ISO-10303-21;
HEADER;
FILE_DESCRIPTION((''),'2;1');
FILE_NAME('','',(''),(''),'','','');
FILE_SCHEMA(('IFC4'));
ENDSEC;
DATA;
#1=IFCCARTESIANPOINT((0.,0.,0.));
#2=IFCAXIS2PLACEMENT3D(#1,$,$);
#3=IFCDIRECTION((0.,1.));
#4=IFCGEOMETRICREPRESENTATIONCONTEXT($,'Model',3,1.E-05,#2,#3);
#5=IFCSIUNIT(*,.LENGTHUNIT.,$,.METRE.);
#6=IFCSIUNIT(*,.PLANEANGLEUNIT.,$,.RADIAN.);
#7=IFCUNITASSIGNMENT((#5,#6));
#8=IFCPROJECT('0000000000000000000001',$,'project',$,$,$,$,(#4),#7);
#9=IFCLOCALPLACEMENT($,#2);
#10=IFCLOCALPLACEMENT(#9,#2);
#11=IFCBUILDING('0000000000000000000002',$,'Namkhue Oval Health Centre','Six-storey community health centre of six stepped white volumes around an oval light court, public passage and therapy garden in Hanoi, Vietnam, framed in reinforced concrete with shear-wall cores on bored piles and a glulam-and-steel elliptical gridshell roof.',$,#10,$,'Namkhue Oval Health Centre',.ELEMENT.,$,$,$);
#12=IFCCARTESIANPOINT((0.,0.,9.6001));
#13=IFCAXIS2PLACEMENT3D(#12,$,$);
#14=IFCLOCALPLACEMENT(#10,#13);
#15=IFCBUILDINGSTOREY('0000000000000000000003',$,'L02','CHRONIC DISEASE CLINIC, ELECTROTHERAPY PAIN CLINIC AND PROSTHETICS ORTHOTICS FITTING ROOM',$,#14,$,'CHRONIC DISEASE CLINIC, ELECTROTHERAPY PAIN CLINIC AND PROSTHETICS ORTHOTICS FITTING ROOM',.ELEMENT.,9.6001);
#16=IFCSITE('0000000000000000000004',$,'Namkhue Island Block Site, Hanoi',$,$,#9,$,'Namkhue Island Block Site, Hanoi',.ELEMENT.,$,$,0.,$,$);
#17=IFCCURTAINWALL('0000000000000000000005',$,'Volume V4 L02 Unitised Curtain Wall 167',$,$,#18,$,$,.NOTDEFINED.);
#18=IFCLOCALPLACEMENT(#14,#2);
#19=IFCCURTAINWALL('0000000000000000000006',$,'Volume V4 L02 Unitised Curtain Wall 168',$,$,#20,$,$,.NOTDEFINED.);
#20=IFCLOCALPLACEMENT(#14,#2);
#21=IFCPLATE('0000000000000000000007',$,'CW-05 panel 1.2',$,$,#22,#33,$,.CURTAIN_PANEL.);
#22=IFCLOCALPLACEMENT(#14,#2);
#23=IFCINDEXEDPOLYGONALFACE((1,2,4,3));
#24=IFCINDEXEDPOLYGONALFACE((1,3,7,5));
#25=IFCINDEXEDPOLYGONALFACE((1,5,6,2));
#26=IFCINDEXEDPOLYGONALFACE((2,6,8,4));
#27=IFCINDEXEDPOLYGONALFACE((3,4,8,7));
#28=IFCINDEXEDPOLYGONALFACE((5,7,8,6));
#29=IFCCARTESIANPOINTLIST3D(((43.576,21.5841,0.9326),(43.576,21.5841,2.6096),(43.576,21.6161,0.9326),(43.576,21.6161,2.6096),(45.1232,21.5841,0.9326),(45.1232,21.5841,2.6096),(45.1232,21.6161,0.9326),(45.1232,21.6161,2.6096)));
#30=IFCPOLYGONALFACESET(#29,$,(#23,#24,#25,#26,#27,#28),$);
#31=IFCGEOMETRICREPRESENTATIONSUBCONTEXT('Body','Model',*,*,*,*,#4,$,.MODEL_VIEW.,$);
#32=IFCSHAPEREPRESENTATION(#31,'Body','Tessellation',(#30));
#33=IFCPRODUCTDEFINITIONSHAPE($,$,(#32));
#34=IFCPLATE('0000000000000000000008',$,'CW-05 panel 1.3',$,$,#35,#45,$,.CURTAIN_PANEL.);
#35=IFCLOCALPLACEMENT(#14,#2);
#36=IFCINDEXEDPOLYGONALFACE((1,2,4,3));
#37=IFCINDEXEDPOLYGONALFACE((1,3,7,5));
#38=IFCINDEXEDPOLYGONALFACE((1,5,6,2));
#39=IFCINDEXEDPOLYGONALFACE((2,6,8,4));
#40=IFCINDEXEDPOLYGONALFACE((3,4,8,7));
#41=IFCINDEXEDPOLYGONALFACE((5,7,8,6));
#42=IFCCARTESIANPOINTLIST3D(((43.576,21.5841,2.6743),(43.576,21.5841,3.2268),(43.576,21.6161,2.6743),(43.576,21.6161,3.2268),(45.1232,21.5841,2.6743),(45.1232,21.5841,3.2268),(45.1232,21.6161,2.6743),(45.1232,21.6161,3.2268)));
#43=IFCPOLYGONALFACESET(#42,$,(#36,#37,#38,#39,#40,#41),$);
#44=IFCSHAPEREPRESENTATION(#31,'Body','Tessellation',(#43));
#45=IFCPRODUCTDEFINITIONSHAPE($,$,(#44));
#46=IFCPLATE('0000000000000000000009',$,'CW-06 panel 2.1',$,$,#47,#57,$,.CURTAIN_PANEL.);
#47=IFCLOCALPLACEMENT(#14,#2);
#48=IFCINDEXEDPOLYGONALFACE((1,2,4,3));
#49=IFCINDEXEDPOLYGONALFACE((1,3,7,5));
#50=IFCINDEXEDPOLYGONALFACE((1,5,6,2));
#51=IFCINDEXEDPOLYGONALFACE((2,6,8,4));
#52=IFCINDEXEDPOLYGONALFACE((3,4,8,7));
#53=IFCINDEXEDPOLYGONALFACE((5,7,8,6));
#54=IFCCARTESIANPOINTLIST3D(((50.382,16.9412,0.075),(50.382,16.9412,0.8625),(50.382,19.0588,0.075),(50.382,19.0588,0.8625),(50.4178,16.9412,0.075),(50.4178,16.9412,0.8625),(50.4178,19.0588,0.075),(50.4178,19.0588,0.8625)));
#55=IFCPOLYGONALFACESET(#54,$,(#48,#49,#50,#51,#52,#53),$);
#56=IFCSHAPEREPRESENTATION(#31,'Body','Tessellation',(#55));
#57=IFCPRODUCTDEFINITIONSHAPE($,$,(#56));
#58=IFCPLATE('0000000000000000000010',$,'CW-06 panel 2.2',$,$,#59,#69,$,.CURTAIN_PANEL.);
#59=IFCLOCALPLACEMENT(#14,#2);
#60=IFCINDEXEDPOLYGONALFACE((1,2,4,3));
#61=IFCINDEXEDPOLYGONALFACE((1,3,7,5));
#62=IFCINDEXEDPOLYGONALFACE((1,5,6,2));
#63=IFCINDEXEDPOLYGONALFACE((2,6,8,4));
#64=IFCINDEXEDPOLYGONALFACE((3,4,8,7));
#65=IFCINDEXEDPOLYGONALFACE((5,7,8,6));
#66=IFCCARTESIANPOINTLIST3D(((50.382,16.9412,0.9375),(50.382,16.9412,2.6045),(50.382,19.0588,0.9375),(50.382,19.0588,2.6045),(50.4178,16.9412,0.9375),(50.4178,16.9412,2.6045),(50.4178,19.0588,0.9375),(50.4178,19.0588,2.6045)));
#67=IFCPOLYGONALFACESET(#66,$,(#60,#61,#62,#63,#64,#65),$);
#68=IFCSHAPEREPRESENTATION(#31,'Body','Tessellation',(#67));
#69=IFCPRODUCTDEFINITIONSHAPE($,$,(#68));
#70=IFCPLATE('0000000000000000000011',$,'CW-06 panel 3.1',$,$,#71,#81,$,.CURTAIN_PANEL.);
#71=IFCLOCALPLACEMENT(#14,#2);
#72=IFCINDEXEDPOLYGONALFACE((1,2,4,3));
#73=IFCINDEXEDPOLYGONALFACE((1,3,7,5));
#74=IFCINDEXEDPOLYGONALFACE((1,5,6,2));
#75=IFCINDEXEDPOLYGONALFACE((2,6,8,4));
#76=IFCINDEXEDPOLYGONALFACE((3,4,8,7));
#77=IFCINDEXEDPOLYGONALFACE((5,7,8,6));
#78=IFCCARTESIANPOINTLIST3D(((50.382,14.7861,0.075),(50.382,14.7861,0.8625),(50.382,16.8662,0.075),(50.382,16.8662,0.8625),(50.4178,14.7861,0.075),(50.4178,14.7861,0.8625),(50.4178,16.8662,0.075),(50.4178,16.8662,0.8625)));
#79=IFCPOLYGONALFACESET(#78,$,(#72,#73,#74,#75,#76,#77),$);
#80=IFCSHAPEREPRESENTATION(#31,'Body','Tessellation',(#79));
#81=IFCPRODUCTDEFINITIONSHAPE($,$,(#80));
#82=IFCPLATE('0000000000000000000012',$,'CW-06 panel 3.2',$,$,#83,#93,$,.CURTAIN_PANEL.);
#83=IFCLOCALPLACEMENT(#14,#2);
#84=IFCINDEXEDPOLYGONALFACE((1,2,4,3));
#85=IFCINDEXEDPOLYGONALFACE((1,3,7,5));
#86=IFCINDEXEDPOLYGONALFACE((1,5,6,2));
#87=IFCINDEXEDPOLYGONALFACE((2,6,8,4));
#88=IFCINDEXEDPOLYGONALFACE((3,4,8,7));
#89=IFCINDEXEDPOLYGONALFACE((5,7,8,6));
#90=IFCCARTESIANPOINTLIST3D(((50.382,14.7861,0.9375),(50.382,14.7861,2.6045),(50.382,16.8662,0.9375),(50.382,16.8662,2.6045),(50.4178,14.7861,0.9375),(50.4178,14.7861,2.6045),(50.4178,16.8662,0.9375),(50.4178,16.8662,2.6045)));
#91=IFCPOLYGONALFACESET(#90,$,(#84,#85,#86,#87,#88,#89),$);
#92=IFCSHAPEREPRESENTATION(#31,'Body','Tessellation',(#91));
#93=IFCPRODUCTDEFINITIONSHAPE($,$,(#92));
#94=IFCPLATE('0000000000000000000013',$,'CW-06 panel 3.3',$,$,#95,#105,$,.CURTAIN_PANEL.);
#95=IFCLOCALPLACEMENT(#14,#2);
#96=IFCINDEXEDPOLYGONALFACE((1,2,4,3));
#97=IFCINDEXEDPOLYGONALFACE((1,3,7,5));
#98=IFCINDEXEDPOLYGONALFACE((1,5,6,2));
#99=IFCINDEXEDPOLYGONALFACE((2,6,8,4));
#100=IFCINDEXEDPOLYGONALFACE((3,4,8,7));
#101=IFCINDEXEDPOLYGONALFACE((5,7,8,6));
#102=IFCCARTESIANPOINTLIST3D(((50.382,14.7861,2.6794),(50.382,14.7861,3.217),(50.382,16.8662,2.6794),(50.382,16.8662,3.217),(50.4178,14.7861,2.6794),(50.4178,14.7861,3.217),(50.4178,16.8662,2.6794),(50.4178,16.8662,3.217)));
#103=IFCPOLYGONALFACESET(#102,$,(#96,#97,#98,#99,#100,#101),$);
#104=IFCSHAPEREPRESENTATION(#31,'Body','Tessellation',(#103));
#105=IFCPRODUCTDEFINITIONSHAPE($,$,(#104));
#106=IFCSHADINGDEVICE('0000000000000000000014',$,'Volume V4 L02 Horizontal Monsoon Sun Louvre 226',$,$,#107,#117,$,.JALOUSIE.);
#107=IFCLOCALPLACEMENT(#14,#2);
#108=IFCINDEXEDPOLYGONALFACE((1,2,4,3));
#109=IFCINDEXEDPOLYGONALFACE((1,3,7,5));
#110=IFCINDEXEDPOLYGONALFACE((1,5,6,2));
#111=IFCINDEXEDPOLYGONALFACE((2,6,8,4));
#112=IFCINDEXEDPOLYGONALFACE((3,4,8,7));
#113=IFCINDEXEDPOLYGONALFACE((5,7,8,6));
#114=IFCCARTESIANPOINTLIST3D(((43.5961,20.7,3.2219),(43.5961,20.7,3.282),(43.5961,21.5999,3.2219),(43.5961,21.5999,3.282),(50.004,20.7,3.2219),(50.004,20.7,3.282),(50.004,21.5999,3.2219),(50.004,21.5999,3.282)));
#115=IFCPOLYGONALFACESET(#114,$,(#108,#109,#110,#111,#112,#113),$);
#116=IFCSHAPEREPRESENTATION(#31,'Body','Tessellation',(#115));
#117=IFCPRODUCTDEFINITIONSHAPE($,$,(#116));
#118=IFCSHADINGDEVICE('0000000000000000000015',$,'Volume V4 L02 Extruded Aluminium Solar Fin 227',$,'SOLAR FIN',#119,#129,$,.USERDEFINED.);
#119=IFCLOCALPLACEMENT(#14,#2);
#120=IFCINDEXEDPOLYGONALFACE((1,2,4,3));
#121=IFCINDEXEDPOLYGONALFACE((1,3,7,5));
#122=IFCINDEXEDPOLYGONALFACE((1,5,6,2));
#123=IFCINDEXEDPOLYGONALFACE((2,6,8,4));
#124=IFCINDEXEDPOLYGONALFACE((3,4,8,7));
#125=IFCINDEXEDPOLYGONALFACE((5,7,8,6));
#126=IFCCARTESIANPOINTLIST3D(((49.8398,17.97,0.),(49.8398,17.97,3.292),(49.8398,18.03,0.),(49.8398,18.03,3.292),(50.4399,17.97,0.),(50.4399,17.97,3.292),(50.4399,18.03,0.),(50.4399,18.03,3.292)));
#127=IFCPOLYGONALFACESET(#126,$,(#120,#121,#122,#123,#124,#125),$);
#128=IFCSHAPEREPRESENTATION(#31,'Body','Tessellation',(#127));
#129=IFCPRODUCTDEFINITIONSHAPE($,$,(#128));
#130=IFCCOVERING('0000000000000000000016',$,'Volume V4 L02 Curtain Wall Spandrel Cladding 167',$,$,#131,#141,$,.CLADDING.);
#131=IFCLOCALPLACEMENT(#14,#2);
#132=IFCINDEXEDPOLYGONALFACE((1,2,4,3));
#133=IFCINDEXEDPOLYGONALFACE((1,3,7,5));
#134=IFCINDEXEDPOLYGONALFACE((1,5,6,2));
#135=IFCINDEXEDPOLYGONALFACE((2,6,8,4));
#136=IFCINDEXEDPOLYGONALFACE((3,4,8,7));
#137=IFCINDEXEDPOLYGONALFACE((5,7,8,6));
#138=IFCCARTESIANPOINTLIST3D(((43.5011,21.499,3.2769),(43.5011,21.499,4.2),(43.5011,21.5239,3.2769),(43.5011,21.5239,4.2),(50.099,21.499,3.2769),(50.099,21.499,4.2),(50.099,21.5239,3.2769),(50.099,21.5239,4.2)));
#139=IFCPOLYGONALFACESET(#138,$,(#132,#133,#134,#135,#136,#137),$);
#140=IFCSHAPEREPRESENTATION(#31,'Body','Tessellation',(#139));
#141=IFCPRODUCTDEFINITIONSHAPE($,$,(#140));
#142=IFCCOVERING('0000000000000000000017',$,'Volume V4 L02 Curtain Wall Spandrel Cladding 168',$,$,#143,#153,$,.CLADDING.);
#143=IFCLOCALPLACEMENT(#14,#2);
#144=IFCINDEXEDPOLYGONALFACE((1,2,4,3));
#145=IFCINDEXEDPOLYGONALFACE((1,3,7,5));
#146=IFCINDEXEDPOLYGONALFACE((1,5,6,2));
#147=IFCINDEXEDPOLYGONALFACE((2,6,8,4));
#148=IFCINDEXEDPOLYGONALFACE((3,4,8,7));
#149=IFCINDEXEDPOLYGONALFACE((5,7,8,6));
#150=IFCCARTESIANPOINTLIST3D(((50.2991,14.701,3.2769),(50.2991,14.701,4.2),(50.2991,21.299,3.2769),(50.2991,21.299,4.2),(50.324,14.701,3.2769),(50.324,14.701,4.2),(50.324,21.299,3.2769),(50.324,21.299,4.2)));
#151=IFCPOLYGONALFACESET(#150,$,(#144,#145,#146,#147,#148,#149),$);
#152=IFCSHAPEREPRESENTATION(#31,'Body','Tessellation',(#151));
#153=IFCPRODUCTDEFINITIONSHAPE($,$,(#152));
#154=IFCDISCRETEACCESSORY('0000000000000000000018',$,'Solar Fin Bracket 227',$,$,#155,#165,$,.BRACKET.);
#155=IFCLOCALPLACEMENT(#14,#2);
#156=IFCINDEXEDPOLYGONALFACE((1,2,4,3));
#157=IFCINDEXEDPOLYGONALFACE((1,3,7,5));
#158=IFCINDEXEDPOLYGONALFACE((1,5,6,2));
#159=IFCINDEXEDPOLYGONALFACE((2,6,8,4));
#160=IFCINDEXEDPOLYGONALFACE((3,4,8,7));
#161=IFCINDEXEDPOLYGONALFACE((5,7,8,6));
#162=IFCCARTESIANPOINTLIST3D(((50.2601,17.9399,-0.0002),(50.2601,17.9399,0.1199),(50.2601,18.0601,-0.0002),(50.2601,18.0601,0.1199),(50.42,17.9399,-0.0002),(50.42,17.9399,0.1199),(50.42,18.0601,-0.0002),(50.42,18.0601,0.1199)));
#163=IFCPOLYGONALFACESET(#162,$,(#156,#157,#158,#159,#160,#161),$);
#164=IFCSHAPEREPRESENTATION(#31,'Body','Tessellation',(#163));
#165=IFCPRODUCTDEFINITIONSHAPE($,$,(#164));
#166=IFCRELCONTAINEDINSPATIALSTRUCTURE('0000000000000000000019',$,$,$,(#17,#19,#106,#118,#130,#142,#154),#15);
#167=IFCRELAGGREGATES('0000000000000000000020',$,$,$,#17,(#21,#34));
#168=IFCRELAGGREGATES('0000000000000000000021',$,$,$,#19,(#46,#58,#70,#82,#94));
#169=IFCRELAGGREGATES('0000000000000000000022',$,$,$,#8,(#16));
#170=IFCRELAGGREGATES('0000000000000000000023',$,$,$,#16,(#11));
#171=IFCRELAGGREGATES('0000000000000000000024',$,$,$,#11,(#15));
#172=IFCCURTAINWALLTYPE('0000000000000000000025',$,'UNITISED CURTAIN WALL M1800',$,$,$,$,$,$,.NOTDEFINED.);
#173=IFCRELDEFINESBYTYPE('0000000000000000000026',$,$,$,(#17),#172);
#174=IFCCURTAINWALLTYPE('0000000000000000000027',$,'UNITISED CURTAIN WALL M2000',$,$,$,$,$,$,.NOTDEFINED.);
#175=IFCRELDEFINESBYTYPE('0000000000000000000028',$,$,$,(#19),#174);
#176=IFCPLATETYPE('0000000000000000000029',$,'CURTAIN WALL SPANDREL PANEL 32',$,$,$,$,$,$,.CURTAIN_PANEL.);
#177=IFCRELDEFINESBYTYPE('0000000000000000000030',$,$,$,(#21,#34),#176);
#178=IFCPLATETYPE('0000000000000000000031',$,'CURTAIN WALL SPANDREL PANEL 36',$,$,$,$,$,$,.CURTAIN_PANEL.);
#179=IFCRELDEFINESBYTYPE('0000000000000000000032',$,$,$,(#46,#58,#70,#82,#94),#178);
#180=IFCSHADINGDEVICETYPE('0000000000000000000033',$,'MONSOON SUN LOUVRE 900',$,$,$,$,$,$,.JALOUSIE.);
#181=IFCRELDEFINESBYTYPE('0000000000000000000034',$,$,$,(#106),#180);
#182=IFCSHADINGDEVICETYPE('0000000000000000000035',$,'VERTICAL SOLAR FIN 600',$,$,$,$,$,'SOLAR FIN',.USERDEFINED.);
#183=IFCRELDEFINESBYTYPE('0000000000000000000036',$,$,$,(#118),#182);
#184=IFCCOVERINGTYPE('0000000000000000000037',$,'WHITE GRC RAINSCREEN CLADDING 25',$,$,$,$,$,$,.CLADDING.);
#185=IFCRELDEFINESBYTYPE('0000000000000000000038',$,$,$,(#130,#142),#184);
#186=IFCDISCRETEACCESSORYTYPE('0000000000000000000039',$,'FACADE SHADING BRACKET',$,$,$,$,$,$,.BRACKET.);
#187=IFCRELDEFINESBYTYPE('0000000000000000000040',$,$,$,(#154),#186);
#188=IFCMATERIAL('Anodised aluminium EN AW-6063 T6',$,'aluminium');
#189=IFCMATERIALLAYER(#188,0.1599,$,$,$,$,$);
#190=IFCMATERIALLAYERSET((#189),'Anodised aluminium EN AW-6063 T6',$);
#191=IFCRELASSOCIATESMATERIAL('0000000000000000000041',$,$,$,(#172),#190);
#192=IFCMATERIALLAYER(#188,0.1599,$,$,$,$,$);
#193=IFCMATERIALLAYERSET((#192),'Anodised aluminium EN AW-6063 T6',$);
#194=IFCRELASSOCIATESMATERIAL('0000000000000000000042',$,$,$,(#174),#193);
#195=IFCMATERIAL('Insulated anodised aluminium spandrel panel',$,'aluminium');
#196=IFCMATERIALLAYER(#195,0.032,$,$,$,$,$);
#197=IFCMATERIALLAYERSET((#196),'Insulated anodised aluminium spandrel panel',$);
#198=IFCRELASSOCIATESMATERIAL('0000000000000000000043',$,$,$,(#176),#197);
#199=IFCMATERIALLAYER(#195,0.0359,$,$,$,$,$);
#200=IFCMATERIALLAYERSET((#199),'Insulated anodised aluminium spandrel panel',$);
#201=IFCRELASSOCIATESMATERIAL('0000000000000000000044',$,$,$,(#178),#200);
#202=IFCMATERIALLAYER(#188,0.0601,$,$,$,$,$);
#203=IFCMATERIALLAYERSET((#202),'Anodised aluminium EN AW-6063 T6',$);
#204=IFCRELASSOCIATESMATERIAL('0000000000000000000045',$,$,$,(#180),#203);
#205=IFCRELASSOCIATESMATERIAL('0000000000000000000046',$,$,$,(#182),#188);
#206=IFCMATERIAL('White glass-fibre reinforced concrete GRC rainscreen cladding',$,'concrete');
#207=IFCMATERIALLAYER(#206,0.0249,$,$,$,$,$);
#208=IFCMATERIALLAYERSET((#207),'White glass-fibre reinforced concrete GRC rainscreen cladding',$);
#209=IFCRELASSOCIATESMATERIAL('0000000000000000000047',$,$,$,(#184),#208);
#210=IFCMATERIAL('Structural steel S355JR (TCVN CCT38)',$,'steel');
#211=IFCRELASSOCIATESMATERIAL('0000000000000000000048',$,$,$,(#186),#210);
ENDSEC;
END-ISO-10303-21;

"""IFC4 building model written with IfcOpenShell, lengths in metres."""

from ifc_helpers import new_model, si_unit, direction, frame, origin, origin_2d, place, context, subcontext, project, spatial, rectangle, extrude, material, layer, layer_set, type_object, element, aggregate, save


model = new_model("IFC4")

# Units and contexts
model_context = context("Model", 3, precision=1e-05, world=origin(), true_north=direction((0.0, 1.0)))
body_context = subcontext(model_context, "Body", "Model", "MODEL_VIEW")
ifc_project = project(units=[si_unit("LENGTHUNIT", "METRE"), si_unit("PLANEANGLEUNIT", "RADIAN")], contexts=[model_context])

# Site, building, storey
site_placement = place(None, origin())
site = spatial("IfcSite", under=ifc_project, at=site_placement, Name="Namkhue Island Block Site, Hanoi", LongName="Namkhue Island Block Site, Hanoi", CompositionType="ELEMENT", RefElevation=0.0)
building_placement = place(site_placement, origin())
building = spatial("IfcBuilding", under=site, at=building_placement, Name="Namkhue Oval Health Centre", Description="Six-storey community health centre of six stepped white volumes around an oval light court, public passage and therapy garden in Hanoi, Vietnam, framed in reinforced concrete with shear-wall cores on bored piles and a glulam-and-steel elliptical gridshell roof.", LongName="Namkhue Oval Health Centre", CompositionType="ELEMENT")
storey_placement = place(building_placement, frame((0.0, 0.0, 9.6001)))
storey = spatial("IfcBuildingStorey", under=building, at=storey_placement, Name="L02", Description="CHRONIC DISEASE CLINIC, ELECTROTHERAPY PAIN CLINIC AND PROSTHETICS ORTHOTICS FITTING ROOM", LongName="CHRONIC DISEASE CLINIC, ELECTROTHERAPY PAIN CLINIC AND PROSTHETICS ORTHOTICS FITTING ROOM", CompositionType="ELEMENT", Elevation=9.6001)

# Curtain wall
ifc_material_1 = material(Name="Anodised aluminium EN AW-6063 T6", Category="aluminium")
ifc_layer_1 = layer(ifc_material_1, 0.1599)
ifc_layer_set_1 = layer_set([ifc_layer_1], Name="Anodised aluminium EN AW-6063 T6")
curtain_wall_type_1 = type_object("IfcCurtainWallType", Name="UNITISED CURTAIN WALL M1800", PredefinedType="NOTDEFINED", material=ifc_layer_set_1)
curtain_wall_1_placement = place(storey_placement, origin())
curtain_wall_1 = element("IfcCurtainWall", 1, at=curtain_wall_1_placement, inside=storey, type_object=curtain_wall_type_1, Name="Volume V4 L02 Unitised Curtain Wall 167", PredefinedType="NOTDEFINED")

# Curtain wall
ifc_layer_2 = layer(ifc_material_1, 0.1599)
ifc_layer_set_2 = layer_set([ifc_layer_2], Name="Anodised aluminium EN AW-6063 T6")
curtain_wall_type_2 = type_object("IfcCurtainWallType", Name="UNITISED CURTAIN WALL M2000", PredefinedType="NOTDEFINED", material=ifc_layer_set_2)
curtain_wall_2_placement = place(storey_placement, origin())
curtain_wall_2 = element("IfcCurtainWall", 2, at=curtain_wall_2_placement, inside=storey, type_object=curtain_wall_type_2, Name="Volume V4 L02 Unitised Curtain Wall 168", PredefinedType="NOTDEFINED")

# Plates
ifc_material_2 = material(Name="Insulated anodised aluminium spandrel panel", Category="aluminium")
ifc_layer_3 = layer(ifc_material_2, 0.032)
ifc_layer_set_3 = layer_set([ifc_layer_3], Name="Insulated anodised aluminium spandrel panel")
plate_type_1 = type_object("IfcPlateType", Name="CURTAIN WALL SPANDREL PANEL 32", PredefinedType="CURTAIN_PANEL", material=ifc_layer_set_3)
plate_1_placement = place(storey_placement, frame((44.3496, 21.6001, 0.9326), z_axis=(0.0, 0.0, 1.0), x_axis=(1.0, 0.0, 0.0)))
plate_1 = element("IfcPlate", 3, at=plate_1_placement, type_object=plate_type_1, Name="CW-05 panel 1.2", PredefinedType="CURTAIN_PANEL", context=body_context, shape_type="SweptSolid", body=[
    extrude(rectangle(XDim=1.5471, YDim=0.032, at=origin_2d()), origin(), (0.0, 0.0, 1.0), 1.677),
])
plate_2_placement = place(storey_placement, frame((44.3496, 21.6001, 2.6743), z_axis=(0.0, 0.0, 1.0), x_axis=(1.0, 0.0, 0.0)))
plate_2 = element("IfcPlate", 4, at=plate_2_placement, type_object=plate_type_1, Name="CW-05 panel 1.3", PredefinedType="CURTAIN_PANEL", context=body_context, shape_type="SweptSolid", body=[
    extrude(rectangle(XDim=1.5471, YDim=0.032, at=origin_2d()), origin(), (0.0, 0.0, 1.0), 0.5525),
])
aggregate(curtain_wall_1, [plate_1, plate_2])
ifc_layer_4 = layer(ifc_material_2, 0.0359)
ifc_layer_set_4 = layer_set([ifc_layer_4], Name="Insulated anodised aluminium spandrel panel")
plate_type_2 = type_object("IfcPlateType", Name="CURTAIN WALL SPANDREL PANEL 36", PredefinedType="CURTAIN_PANEL", material=ifc_layer_set_4)
plate_3_placement = place(storey_placement, frame((50.3999, 18.0, 0.075), z_axis=(0.0, 0.0, 1.0), x_axis=(0.0, -1.0, 0.0)))
plate_3 = element("IfcPlate", 5, at=plate_3_placement, type_object=plate_type_2, Name="CW-06 panel 2.1", PredefinedType="CURTAIN_PANEL", context=body_context, shape_type="SweptSolid", body=[
    extrude(rectangle(XDim=2.1177, YDim=0.0359, at=origin_2d()), origin(), (0.0, 0.0, 1.0), 0.7876),
])
plate_4_placement = place(storey_placement, frame((50.3999, 18.0, 0.9375), z_axis=(0.0, 0.0, 1.0), x_axis=(0.0, -1.0, 0.0)))
plate_4 = element("IfcPlate", 6, at=plate_4_placement, type_object=plate_type_2, Name="CW-06 panel 2.2", PredefinedType="CURTAIN_PANEL", context=body_context, shape_type="SweptSolid", body=[
    extrude(rectangle(XDim=2.1177, YDim=0.0359, at=origin_2d()), origin(), (0.0, 0.0, 1.0), 1.667),
])
plate_5_placement = place(storey_placement, frame((50.3999, 15.8262, 0.075), z_axis=(0.0, 0.0, 1.0), x_axis=(0.0, -1.0, 0.0)))
plate_5 = element("IfcPlate", 7, at=plate_5_placement, type_object=plate_type_2, Name="CW-06 panel 3.1", PredefinedType="CURTAIN_PANEL", context=body_context, shape_type="SweptSolid", body=[
    extrude(rectangle(XDim=2.0801, YDim=0.0359, at=origin_2d()), origin(), (0.0, 0.0, 1.0), 0.7876),
])
plate_6_placement = place(storey_placement, frame((50.3999, 15.8262, 0.9375), z_axis=(0.0, 0.0, 1.0), x_axis=(0.0, -1.0, 0.0)))
plate_6 = element("IfcPlate", 8, at=plate_6_placement, type_object=plate_type_2, Name="CW-06 panel 3.2", PredefinedType="CURTAIN_PANEL", context=body_context, shape_type="SweptSolid", body=[
    extrude(rectangle(XDim=2.0801, YDim=0.0359, at=origin_2d()), origin(), (0.0, 0.0, 1.0), 1.667),
])
plate_7_placement = place(storey_placement, frame((50.3999, 15.8262, 2.6794), z_axis=(0.0, 0.0, 1.0), x_axis=(0.0, -1.0, 0.0)))
plate_7 = element("IfcPlate", 9, at=plate_7_placement, type_object=plate_type_2, Name="CW-06 panel 3.3", PredefinedType="CURTAIN_PANEL", context=body_context, shape_type="SweptSolid", body=[
    extrude(rectangle(XDim=2.0801, YDim=0.0359, at=origin_2d()), origin(), (0.0, 0.0, 1.0), 0.5376),
])
aggregate(curtain_wall_2, [plate_3, plate_4, plate_5, plate_6, plate_7])

# Shading devices
ifc_layer_5 = layer(ifc_material_1, 0.0601)
ifc_layer_set_5 = layer_set([ifc_layer_5], Name="Anodised aluminium EN AW-6063 T6")
shading_device_type_1 = type_object("IfcShadingDeviceType", Name="MONSOON SUN LOUVRE 900", PredefinedType="JALOUSIE", material=ifc_layer_set_5)
shading_device_1_placement = place(storey_placement, frame((46.8, 21.1499, 3.2219), z_axis=(0.0, 0.0, 1.0), x_axis=(1.0, 0.0, 0.0)))
element("IfcShadingDevice", 10, at=shading_device_1_placement, inside=storey, type_object=shading_device_type_1, Name="Volume V4 L02 Horizontal Monsoon Sun Louvre 226", PredefinedType="JALOUSIE", context=body_context, shape_type="SweptSolid", body=[
    extrude(rectangle(XDim=6.408, YDim=0.8999, at=origin_2d()), origin(), (0.0, 0.0, 1.0), 0.0601),
])
shading_device_type_2 = type_object("IfcShadingDeviceType", Name="VERTICAL SOLAR FIN 600", ElementType="SOLAR FIN", PredefinedType="USERDEFINED", material=ifc_material_1)
shading_device_2_placement = place(storey_placement, frame((50.1399, 18.0, 0.0), z_axis=(0.0, 0.0, 1.0), x_axis=(-1.0, 0.0, 0.0)))
element("IfcShadingDevice", 11, at=shading_device_2_placement, inside=storey, type_object=shading_device_type_2, Name="Volume V4 L02 Extruded Aluminium Solar Fin 227", ObjectType="SOLAR FIN", PredefinedType="USERDEFINED", context=body_context, shape_type="SweptSolid", body=[
    extrude(rectangle(XDim=0.6001, YDim=0.0601, at=origin_2d()), origin(), (0.0, 0.0, 1.0), 3.292),
])

# Coverings
ifc_material_3 = material(Name="White glass-fibre reinforced concrete GRC rainscreen cladding", Category="concrete")
ifc_layer_6 = layer(ifc_material_3, 0.0249)
ifc_layer_set_6 = layer_set([ifc_layer_6], Name="White glass-fibre reinforced concrete GRC rainscreen cladding")
covering_type = type_object("IfcCoveringType", Name="WHITE GRC RAINSCREEN CLADDING 25", PredefinedType="CLADDING", material=ifc_layer_set_6)
for number, where, z_axis, x_axis, name in (
    (12, (46.8, 21.5115, 3.2769), (0.0, 0.0, 1.0), (1.0, 0.0, 0.0), "Volume V4 L02 Curtain Wall Spandrel Cladding 167"),
    (13, (50.3115, 18.0, 3.2769), (0.0, 0.0, 1.0), (0.0, -1.0, 0.0), "Volume V4 L02 Curtain Wall Spandrel Cladding 168"),
):
    element("IfcCovering", number, at=place(storey_placement, frame(where, z_axis=z_axis, x_axis=x_axis)), inside=storey, type_object=covering_type, Name=name, PredefinedType="CLADDING", context=body_context, shape_type="SweptSolid", body=[
        extrude(rectangle(XDim=6.5979, YDim=0.0249, at=origin_2d()), origin(), (0.0, 0.0, 1.0), 0.9231),
    ])

# Discrete accessory
ifc_material_4 = material(Name="Structural steel S355JR (TCVN CCT38)", Category="steel")
discrete_accessory_type = type_object("IfcDiscreteAccessoryType", Name="FACADE SHADING BRACKET", PredefinedType="BRACKET", material=ifc_material_4)
discrete_accessory_placement = place(storey_placement, frame((50.3401, 18.0, -0.0002), z_axis=(0.0, 0.0, 1.0), x_axis=(-1.0, 0.0, 0.0)))
element("IfcDiscreteAccessory", 14, at=discrete_accessory_placement, inside=storey, type_object=discrete_accessory_type, Name="Solar Fin Bracket 227", PredefinedType="BRACKET", context=body_context, shape_type="SweptSolid", body=[
    extrude(rectangle(XDim=0.1599, YDim=0.1201, at=origin_2d()), origin(), (0.0, 0.0, 1.0), 0.1201),
])

save(model, "model.ifc")
